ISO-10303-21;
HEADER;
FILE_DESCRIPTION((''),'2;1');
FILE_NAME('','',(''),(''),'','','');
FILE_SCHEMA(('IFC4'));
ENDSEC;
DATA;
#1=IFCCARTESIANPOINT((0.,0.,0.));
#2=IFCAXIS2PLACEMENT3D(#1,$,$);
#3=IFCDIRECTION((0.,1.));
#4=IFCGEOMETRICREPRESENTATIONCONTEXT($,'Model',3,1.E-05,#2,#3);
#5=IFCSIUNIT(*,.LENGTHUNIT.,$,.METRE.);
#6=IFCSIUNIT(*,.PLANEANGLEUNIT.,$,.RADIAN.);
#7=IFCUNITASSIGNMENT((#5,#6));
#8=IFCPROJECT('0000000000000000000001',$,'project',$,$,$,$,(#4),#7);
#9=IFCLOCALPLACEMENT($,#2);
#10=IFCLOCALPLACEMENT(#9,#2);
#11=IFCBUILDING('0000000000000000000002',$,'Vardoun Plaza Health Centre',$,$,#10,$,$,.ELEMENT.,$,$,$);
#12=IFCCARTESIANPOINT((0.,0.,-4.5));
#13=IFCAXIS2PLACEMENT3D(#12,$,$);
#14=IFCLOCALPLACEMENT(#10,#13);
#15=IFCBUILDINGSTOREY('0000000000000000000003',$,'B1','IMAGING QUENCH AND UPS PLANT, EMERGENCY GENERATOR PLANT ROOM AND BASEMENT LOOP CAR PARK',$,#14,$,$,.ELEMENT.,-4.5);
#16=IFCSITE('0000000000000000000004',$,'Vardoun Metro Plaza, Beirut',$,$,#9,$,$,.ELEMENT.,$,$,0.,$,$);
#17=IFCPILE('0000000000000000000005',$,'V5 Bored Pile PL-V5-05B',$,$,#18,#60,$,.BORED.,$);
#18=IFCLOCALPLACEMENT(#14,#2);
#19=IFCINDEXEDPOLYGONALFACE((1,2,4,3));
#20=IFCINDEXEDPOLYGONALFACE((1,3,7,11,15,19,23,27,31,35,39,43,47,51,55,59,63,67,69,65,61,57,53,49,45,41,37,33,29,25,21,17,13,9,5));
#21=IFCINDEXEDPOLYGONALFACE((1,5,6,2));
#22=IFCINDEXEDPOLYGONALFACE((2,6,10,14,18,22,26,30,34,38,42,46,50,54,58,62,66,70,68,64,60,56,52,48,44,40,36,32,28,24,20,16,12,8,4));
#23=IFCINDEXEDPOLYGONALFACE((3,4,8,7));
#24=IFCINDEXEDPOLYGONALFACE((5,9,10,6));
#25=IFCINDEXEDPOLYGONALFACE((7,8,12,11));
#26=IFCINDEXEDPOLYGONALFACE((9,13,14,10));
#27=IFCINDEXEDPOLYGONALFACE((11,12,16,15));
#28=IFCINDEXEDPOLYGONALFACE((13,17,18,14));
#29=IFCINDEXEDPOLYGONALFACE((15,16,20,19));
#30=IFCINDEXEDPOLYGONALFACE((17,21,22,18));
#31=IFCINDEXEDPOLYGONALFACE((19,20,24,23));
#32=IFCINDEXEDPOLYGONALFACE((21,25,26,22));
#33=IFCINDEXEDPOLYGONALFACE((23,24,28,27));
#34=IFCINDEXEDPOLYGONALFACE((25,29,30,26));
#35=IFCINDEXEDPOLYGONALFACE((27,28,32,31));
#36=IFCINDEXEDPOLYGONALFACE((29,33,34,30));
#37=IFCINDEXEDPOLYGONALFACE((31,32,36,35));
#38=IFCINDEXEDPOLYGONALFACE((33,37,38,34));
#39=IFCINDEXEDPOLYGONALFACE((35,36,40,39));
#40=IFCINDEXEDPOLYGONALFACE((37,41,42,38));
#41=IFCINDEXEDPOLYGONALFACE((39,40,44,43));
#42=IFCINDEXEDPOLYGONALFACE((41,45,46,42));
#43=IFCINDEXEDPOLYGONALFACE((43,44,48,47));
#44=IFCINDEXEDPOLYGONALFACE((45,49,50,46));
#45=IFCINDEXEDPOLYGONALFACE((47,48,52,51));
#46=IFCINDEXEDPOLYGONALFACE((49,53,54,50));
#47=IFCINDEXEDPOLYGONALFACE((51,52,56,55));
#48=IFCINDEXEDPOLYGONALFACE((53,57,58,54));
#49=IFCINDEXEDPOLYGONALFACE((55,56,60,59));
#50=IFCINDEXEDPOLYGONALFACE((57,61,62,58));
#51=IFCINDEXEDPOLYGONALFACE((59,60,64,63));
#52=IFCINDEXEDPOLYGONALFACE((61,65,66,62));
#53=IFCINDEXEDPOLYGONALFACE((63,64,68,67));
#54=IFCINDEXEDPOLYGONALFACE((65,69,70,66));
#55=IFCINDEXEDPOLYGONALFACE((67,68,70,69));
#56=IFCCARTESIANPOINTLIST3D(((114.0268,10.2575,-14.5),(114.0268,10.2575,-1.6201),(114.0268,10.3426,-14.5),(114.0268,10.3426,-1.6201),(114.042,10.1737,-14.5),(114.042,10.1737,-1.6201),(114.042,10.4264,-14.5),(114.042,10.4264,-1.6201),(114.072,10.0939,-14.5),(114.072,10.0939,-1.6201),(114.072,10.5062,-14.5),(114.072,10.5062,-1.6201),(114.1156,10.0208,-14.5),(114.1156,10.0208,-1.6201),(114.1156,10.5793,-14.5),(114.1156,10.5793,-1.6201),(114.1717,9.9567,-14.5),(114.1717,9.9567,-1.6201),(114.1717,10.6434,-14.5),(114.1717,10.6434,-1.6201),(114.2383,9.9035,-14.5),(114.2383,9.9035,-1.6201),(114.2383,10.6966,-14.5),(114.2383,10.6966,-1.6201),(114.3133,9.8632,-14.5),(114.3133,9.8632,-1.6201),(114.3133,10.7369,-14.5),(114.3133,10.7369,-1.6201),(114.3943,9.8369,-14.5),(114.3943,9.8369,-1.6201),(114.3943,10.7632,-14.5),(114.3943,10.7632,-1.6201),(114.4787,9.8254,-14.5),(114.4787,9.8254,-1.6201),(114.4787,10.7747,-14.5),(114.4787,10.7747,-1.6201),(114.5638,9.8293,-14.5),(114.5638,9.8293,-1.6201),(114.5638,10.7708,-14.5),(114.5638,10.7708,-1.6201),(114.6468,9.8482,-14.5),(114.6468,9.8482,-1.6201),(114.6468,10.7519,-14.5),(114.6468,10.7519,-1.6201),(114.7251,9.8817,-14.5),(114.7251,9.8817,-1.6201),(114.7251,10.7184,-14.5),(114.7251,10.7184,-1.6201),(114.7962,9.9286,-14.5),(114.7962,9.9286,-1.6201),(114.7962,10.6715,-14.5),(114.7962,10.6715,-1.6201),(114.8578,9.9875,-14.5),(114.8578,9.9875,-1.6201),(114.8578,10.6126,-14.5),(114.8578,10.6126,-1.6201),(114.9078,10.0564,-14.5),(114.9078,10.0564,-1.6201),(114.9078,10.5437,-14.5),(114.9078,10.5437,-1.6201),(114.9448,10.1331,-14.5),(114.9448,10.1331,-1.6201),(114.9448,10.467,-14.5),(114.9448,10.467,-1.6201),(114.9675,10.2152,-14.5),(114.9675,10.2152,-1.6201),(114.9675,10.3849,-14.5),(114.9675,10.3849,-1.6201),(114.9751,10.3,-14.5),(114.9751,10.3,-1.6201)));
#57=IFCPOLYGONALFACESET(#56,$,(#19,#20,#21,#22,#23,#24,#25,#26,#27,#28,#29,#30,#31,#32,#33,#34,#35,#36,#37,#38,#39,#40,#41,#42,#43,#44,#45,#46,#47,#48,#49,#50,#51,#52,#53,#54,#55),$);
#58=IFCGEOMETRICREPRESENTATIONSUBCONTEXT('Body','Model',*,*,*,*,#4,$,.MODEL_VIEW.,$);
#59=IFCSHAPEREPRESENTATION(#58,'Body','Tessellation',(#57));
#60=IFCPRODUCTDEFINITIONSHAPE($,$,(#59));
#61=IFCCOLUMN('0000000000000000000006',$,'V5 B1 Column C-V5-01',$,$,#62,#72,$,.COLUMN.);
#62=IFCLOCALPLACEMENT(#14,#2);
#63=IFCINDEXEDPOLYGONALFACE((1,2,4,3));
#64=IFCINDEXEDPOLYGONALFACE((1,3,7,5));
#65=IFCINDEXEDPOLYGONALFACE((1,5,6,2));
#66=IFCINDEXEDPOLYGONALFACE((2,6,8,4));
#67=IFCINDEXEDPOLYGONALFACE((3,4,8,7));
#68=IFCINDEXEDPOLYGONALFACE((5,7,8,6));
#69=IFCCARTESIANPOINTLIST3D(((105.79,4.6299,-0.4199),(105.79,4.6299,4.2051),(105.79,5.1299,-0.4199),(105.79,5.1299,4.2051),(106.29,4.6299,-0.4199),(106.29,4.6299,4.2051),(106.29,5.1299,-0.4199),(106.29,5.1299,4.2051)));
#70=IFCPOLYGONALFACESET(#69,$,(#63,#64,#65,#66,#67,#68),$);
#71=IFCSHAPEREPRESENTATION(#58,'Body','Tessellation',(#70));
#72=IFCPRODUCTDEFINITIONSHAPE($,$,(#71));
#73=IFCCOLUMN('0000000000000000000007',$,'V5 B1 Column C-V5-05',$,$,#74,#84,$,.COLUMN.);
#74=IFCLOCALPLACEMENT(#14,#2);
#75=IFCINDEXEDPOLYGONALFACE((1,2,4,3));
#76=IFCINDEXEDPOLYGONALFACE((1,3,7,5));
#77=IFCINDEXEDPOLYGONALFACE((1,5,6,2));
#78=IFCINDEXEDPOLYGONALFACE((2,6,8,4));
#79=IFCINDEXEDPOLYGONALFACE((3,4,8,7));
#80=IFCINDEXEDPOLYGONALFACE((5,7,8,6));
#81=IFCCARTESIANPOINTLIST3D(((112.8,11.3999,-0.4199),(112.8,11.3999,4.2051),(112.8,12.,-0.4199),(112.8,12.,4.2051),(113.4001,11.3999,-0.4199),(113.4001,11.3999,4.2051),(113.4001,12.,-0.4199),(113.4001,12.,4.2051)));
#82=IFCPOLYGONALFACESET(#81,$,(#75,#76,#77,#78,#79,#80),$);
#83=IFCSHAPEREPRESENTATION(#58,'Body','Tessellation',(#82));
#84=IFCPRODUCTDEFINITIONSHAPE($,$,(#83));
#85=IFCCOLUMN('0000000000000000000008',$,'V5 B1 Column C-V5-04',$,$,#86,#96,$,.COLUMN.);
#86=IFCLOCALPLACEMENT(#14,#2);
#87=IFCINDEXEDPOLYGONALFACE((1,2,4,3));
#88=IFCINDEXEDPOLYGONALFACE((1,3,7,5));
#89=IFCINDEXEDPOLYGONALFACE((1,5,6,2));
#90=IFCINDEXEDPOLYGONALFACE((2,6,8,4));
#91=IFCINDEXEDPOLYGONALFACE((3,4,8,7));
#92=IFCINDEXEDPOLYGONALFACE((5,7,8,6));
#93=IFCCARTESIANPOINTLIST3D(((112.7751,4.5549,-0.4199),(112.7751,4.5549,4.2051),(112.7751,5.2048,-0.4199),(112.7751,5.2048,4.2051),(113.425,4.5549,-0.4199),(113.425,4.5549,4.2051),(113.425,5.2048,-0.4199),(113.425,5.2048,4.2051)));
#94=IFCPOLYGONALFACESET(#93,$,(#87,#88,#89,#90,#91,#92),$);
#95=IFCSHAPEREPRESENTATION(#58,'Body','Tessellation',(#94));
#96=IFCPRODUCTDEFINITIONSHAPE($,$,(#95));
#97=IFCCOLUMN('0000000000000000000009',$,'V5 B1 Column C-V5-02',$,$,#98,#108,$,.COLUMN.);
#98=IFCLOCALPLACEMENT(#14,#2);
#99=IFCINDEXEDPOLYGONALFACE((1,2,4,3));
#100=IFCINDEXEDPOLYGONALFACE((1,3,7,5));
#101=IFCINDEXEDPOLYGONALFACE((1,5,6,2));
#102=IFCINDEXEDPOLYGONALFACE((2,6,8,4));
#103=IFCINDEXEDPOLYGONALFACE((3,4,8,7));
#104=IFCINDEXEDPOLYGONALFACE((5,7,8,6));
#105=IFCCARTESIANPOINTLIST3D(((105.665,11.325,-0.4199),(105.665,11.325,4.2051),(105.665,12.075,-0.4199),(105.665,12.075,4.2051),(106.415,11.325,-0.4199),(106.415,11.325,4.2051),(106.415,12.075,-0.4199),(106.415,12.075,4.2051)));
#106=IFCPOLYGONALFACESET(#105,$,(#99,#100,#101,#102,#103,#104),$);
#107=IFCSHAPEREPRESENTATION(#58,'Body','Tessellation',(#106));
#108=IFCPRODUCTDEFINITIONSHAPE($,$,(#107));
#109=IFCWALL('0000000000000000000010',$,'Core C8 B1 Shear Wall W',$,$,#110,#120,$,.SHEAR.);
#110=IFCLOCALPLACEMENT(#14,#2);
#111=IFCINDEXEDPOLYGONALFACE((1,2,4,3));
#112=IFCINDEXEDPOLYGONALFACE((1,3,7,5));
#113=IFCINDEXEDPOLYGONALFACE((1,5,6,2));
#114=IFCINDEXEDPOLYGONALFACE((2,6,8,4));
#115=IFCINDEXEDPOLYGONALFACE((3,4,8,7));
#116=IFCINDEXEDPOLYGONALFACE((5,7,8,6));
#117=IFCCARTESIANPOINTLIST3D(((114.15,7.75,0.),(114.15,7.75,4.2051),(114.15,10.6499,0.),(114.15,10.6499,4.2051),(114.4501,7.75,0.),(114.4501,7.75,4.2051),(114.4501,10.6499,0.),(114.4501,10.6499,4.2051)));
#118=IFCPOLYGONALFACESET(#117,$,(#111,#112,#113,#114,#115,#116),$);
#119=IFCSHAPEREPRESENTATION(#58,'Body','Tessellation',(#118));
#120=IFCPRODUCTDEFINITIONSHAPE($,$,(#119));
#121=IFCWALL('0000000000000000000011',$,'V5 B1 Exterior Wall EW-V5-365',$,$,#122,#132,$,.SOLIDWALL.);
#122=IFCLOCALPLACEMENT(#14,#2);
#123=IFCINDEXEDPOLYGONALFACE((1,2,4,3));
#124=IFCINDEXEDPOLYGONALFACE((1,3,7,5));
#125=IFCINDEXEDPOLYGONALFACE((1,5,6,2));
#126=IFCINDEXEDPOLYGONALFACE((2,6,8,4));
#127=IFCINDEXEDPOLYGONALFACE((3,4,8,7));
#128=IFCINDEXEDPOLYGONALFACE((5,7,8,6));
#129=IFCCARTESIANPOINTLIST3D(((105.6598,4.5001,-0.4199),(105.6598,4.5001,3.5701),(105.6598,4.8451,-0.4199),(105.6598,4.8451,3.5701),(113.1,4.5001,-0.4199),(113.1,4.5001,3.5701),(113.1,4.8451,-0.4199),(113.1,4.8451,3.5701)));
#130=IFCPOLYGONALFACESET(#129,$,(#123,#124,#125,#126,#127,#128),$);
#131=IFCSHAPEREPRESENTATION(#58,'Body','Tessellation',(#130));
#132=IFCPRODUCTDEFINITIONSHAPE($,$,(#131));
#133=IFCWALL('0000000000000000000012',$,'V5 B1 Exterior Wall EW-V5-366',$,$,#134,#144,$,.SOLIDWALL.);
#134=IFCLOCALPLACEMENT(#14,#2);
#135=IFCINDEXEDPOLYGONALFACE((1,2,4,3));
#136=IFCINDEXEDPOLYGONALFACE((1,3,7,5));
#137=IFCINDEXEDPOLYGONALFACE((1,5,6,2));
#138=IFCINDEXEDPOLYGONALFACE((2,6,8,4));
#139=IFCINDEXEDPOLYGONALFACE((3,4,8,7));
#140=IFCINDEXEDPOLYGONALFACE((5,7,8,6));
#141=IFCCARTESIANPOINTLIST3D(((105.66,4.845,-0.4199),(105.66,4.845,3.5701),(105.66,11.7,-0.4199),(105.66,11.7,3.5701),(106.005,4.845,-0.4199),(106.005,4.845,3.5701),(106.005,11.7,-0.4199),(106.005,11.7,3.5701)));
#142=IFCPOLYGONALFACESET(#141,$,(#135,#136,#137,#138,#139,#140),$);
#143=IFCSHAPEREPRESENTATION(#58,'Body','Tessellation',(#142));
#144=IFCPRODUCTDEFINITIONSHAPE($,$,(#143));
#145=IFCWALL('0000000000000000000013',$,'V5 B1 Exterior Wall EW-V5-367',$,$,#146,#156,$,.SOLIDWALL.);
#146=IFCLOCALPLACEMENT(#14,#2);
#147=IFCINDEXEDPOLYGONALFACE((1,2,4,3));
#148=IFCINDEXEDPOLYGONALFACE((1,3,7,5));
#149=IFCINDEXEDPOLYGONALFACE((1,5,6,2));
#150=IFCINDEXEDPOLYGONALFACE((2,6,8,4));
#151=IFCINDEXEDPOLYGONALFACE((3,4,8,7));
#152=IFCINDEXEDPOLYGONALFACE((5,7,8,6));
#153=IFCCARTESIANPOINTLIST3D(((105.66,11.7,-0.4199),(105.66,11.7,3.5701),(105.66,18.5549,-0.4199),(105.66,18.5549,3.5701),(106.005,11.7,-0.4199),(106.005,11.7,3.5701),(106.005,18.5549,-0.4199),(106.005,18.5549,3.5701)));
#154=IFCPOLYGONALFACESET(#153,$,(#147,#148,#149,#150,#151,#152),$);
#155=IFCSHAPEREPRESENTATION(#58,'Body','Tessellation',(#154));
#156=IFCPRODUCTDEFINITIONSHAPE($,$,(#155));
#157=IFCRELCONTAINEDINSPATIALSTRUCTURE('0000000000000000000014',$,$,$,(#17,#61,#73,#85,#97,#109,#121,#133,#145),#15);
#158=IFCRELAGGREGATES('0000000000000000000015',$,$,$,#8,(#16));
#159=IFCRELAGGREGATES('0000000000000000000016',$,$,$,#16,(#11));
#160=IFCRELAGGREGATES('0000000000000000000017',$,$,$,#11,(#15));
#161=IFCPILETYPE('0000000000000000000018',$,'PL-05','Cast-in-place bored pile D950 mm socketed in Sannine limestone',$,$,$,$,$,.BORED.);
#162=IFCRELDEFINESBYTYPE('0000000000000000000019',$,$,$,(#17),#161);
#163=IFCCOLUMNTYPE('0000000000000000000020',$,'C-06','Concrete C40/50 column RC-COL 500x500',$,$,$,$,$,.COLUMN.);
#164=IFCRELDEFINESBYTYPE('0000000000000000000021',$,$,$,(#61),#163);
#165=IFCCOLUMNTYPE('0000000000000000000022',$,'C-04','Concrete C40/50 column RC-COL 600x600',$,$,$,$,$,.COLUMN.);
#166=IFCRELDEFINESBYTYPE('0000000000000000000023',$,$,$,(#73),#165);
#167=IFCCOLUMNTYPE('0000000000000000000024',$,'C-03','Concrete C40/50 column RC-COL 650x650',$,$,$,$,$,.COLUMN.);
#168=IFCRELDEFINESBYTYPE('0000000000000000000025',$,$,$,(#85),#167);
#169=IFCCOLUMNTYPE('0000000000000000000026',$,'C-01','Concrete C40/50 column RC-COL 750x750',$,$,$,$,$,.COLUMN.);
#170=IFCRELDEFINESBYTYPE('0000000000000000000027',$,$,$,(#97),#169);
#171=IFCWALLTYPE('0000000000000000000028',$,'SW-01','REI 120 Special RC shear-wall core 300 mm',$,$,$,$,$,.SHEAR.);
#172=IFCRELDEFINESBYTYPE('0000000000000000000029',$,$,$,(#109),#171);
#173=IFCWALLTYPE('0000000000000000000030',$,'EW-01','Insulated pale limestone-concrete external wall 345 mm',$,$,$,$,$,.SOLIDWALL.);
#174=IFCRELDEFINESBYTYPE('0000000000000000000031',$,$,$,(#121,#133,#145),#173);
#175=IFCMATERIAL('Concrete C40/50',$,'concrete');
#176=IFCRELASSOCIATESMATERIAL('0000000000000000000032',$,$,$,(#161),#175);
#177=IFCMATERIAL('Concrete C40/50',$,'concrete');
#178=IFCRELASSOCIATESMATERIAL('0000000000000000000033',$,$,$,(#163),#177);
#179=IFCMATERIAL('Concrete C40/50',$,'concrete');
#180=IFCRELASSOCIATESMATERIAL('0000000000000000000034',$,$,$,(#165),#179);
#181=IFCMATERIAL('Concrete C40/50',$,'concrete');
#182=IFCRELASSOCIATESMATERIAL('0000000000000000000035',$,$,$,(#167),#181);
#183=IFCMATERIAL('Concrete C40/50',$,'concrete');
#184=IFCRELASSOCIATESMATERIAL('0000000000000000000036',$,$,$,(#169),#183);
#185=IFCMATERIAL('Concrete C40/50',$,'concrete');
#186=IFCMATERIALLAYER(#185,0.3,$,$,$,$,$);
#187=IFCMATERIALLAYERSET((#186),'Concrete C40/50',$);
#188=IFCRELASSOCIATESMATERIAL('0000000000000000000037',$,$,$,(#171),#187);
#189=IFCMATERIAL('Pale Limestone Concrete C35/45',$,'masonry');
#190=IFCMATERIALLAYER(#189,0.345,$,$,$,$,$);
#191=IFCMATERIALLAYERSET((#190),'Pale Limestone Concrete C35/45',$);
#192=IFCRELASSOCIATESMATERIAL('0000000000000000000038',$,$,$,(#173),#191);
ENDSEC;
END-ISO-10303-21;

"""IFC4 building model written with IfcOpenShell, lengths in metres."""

from ifc_helpers import new_model, si_unit, direction, frame, frame_2d, origin, origin_2d, place, context, subcontext, project, spatial, rectangle, circle, extrude, material, layer, layer_set, material_profile, profile_set, type_object, element, save


model = new_model("IFC4")

# Units and contexts
model_context = context("Model", 3, precision=1e-05, world=origin(), true_north=direction((0.0, 1.0)))
body_context = subcontext(model_context, "Body", "Model", "MODEL_VIEW")
ifc_project = project(units=[si_unit("LENGTHUNIT", "METRE"), si_unit("PLANEANGLEUNIT", "RADIAN")], contexts=[model_context])

# Site, building, storey
site_placement = place(None, origin())
site = spatial("IfcSite", under=ifc_project, at=site_placement, Name="Vardoun Metro Plaza, Beirut", CompositionType="ELEMENT", RefElevation=0.0)
building_placement = place(site_placement, origin())
building = spatial("IfcBuilding", under=site, at=building_placement, Name="Vardoun Plaza Health Centre", CompositionType="ELEMENT")
storey_placement = place(building_placement, frame((0.0, 0.0, -4.5)))
storey = spatial("IfcBuildingStorey", under=building, at=storey_placement, Name="B1", Description="IMAGING QUENCH AND UPS PLANT, EMERGENCY GENERATOR PLANT ROOM AND BASEMENT LOOP CAR PARK", CompositionType="ELEMENT", Elevation=-4.5)

# Pile
ifc_material_1 = material(Name="Concrete C40/50", Category="concrete")
ifc_material_profile_1 = material_profile(ifc_material_1, circle(Radius=0.4751, at=origin_2d()), Name="PILE D950")
ifc_profile_set_1 = profile_set([ifc_material_profile_1], Name="Concrete C40/50")
pile_type_1 = type_object("IfcPileType", Name="PL-05", Description="Cast-in-place bored pile D950 mm socketed in Sannine limestone", PredefinedType="BORED", material=ifc_profile_set_1)
for number, where, z_axis, x_axis, name in (
    (1, (114.5, 10.3, -1.6201), (0.0, 0.0, -1.0), (1.0, 0.0, 0.0), "V5 Bored Pile PL-V5-05B"),
):
    element("IfcPile", number, at=place(storey_placement, frame(where, z_axis=z_axis, x_axis=x_axis)), inside=storey, type_object=pile_type_1, Name=name, PredefinedType="BORED", context=body_context, shape_type="SweptSolid", body=[
        extrude(circle(Radius=0.4751, at=origin_2d()), origin(), (0.0, 0.0, 1.0), 12.8799),
    ])

# Columns
ifc_material_2 = material(Name="Concrete C40/50", Category="concrete")
ifc_material_profile_2 = material_profile(ifc_material_2, rectangle(XDim=0.5, YDim=0.5, at=origin_2d()), Name="RC-COL 500x500")
ifc_profile_set_2 = profile_set([ifc_material_profile_2], Name="Concrete C40/50")
column_type_1 = type_object("IfcColumnType", Name="C-06", Description="Concrete C40/50 column RC-COL 500x500", PredefinedType="COLUMN", material=ifc_profile_set_2)
column_1_placement = place(storey_placement, frame((106.04, 4.8799, -0.4199), z_axis=(0.0, 0.0, 1.0), x_axis=(1.0, 0.0, 0.0)))
element("IfcColumn", 2, at=column_1_placement, inside=storey, type_object=column_type_1, Name="V5 B1 Column C-V5-01", PredefinedType="COLUMN", context=body_context, shape_type="SweptSolid", body=[
    extrude(rectangle(XDim=0.5, YDim=0.5, at=origin_2d()), origin(), (0.0, 0.0, 1.0), 4.625),
])
ifc_material_3 = material(Name="Concrete C40/50", Category="concrete")
ifc_material_profile_3 = material_profile(ifc_material_3, rectangle(XDim=0.6001, YDim=0.6001, at=origin_2d()), Name="RC-COL 600x600")
ifc_profile_set_3 = profile_set([ifc_material_profile_3], Name="Concrete C40/50")
column_type_2 = type_object("IfcColumnType", Name="C-04", Description="Concrete C40/50 column RC-COL 600x600", PredefinedType="COLUMN", material=ifc_profile_set_3)
column_2_placement = place(storey_placement, frame((113.1001, 11.7, -0.4199), z_axis=(0.0, 0.0, 1.0), x_axis=(1.0, 0.0, 0.0)))
element("IfcColumn", 3, at=column_2_placement, inside=storey, type_object=column_type_2, Name="V5 B1 Column C-V5-05", PredefinedType="COLUMN", context=body_context, shape_type="SweptSolid", body=[
    extrude(rectangle(XDim=0.6001, YDim=0.6001, at=origin_2d()), origin(), (0.0, 0.0, 1.0), 4.625),
])
ifc_material_4 = material(Name="Concrete C40/50", Category="concrete")
ifc_material_profile_4 = material_profile(ifc_material_4, rectangle(XDim=0.6499, YDim=0.6499, at=origin_2d()), Name="RC-COL 650x650")
ifc_profile_set_4 = profile_set([ifc_material_profile_4], Name="Concrete C40/50")
column_type_3 = type_object("IfcColumnType", Name="C-03", Description="Concrete C40/50 column RC-COL 650x650", PredefinedType="COLUMN", material=ifc_profile_set_4)
column_3_placement = place(storey_placement, frame((113.1001, 4.8799, -0.4199), z_axis=(0.0, 0.0, 1.0), x_axis=(1.0, 0.0, 0.0)))
element("IfcColumn", 4, at=column_3_placement, inside=storey, type_object=column_type_3, Name="V5 B1 Column C-V5-04", PredefinedType="COLUMN", context=body_context, shape_type="SweptSolid", body=[
    extrude(rectangle(XDim=0.6499, YDim=0.6499, at=origin_2d()), origin(), (0.0, 0.0, 1.0), 4.625),
])
ifc_material_5 = material(Name="Concrete C40/50", Category="concrete")
ifc_material_profile_5 = material_profile(ifc_material_5, rectangle(XDim=0.75, YDim=0.75, at=origin_2d()), Name="RC-COL 750x750")
ifc_profile_set_5 = profile_set([ifc_material_profile_5], Name="Concrete C40/50")
column_type_4 = type_object("IfcColumnType", Name="C-01", Description="Concrete C40/50 column RC-COL 750x750", PredefinedType="COLUMN", material=ifc_profile_set_5)
column_4_placement = place(storey_placement, frame((106.04, 11.7, -0.4199), z_axis=(0.0, 0.0, 1.0), x_axis=(1.0, 0.0, 0.0)))
element("IfcColumn", 5, at=column_4_placement, inside=storey, type_object=column_type_4, Name="V5 B1 Column C-V5-02", PredefinedType="COLUMN", context=body_context, shape_type="SweptSolid", body=[
    extrude(rectangle(XDim=0.75, YDim=0.75, at=origin_2d()), origin(), (0.0, 0.0, 1.0), 4.625),
])

# Wall
ifc_material_6 = material(Name="Concrete C40/50", Category="concrete")
ifc_layer_1 = layer(ifc_material_6, 0.3)
ifc_layer_set_1 = layer_set([ifc_layer_1], Name="Concrete C40/50")
wall_type_1 = type_object("IfcWallType", Name="SW-01", Description="REI 120 Special RC shear-wall core 300 mm", PredefinedType="SHEAR", material=ifc_layer_set_1)
wall_1_placement = place(storey_placement, frame((114.3, 7.75, 0.0), z_axis=(0.0, 0.0, 1.0), x_axis=(0.0, 1.0, 0.0)))
element("IfcWall", 6, at=wall_1_placement, inside=storey, type_object=wall_type_1, Name="Core C8 B1 Shear Wall W", PredefinedType="SHEAR", context=body_context, shape_type="SweptSolid", body=[
    extrude(rectangle(XDim=2.8999, YDim=0.3, at=frame_2d((1.45, 0.0))), origin(), (0.0, 0.0, 1.0), 4.2051),
])

# Walls
ifc_material_7 = material(Name="Pale Limestone Concrete C35/45", Category="masonry")
ifc_layer_2 = layer(ifc_material_7, 0.345)
ifc_layer_set_2 = layer_set([ifc_layer_2], Name="Pale Limestone Concrete C35/45")
wall_type_2 = type_object("IfcWallType", Name="EW-01", Description="Insulated pale limestone-concrete external wall 345 mm", PredefinedType="SOLIDWALL", material=ifc_layer_set_2)
wall_2_placement = place(storey_placement, frame((113.1001, 4.6726, -0.4199), z_axis=(0.0, 0.0, 1.0), x_axis=(-1.0, 0.0, 0.0)))
element("IfcWall", 7, at=wall_2_placement, inside=storey, type_object=wall_type_2, Name="V5 B1 Exterior Wall EW-V5-365", PredefinedType="SOLIDWALL", context=body_context, shape_type="SweptSolid", body=[
    extrude(rectangle(XDim=7.4402, YDim=0.345, at=frame_2d((3.7202, 0.0))), origin(), (0.0, 0.0, 1.0), 3.99),
])
for number, where, z_axis, x_axis, name in (
    (8, (105.8325, 4.845, -0.4199), (0.0, 0.0, 1.0), (0.0, 1.0, 0.0), "V5 B1 Exterior Wall EW-V5-366"),
    (9, (105.8325, 11.7, -0.4199), (0.0, 0.0, 1.0), (0.0, 1.0, 0.0), "V5 B1 Exterior Wall EW-V5-367"),
):
    element("IfcWall", number, at=place(storey_placement, frame(where, z_axis=z_axis, x_axis=x_axis)), inside=storey, type_object=wall_type_2, Name=name, PredefinedType="SOLIDWALL", context=body_context, shape_type="SweptSolid", body=[
        extrude(rectangle(XDim=6.855, YDim=0.345, at=frame_2d((3.4275, 0.0))), origin(), (0.0, 0.0, 1.0), 3.99),
    ])

save(model, "model.ifc")
